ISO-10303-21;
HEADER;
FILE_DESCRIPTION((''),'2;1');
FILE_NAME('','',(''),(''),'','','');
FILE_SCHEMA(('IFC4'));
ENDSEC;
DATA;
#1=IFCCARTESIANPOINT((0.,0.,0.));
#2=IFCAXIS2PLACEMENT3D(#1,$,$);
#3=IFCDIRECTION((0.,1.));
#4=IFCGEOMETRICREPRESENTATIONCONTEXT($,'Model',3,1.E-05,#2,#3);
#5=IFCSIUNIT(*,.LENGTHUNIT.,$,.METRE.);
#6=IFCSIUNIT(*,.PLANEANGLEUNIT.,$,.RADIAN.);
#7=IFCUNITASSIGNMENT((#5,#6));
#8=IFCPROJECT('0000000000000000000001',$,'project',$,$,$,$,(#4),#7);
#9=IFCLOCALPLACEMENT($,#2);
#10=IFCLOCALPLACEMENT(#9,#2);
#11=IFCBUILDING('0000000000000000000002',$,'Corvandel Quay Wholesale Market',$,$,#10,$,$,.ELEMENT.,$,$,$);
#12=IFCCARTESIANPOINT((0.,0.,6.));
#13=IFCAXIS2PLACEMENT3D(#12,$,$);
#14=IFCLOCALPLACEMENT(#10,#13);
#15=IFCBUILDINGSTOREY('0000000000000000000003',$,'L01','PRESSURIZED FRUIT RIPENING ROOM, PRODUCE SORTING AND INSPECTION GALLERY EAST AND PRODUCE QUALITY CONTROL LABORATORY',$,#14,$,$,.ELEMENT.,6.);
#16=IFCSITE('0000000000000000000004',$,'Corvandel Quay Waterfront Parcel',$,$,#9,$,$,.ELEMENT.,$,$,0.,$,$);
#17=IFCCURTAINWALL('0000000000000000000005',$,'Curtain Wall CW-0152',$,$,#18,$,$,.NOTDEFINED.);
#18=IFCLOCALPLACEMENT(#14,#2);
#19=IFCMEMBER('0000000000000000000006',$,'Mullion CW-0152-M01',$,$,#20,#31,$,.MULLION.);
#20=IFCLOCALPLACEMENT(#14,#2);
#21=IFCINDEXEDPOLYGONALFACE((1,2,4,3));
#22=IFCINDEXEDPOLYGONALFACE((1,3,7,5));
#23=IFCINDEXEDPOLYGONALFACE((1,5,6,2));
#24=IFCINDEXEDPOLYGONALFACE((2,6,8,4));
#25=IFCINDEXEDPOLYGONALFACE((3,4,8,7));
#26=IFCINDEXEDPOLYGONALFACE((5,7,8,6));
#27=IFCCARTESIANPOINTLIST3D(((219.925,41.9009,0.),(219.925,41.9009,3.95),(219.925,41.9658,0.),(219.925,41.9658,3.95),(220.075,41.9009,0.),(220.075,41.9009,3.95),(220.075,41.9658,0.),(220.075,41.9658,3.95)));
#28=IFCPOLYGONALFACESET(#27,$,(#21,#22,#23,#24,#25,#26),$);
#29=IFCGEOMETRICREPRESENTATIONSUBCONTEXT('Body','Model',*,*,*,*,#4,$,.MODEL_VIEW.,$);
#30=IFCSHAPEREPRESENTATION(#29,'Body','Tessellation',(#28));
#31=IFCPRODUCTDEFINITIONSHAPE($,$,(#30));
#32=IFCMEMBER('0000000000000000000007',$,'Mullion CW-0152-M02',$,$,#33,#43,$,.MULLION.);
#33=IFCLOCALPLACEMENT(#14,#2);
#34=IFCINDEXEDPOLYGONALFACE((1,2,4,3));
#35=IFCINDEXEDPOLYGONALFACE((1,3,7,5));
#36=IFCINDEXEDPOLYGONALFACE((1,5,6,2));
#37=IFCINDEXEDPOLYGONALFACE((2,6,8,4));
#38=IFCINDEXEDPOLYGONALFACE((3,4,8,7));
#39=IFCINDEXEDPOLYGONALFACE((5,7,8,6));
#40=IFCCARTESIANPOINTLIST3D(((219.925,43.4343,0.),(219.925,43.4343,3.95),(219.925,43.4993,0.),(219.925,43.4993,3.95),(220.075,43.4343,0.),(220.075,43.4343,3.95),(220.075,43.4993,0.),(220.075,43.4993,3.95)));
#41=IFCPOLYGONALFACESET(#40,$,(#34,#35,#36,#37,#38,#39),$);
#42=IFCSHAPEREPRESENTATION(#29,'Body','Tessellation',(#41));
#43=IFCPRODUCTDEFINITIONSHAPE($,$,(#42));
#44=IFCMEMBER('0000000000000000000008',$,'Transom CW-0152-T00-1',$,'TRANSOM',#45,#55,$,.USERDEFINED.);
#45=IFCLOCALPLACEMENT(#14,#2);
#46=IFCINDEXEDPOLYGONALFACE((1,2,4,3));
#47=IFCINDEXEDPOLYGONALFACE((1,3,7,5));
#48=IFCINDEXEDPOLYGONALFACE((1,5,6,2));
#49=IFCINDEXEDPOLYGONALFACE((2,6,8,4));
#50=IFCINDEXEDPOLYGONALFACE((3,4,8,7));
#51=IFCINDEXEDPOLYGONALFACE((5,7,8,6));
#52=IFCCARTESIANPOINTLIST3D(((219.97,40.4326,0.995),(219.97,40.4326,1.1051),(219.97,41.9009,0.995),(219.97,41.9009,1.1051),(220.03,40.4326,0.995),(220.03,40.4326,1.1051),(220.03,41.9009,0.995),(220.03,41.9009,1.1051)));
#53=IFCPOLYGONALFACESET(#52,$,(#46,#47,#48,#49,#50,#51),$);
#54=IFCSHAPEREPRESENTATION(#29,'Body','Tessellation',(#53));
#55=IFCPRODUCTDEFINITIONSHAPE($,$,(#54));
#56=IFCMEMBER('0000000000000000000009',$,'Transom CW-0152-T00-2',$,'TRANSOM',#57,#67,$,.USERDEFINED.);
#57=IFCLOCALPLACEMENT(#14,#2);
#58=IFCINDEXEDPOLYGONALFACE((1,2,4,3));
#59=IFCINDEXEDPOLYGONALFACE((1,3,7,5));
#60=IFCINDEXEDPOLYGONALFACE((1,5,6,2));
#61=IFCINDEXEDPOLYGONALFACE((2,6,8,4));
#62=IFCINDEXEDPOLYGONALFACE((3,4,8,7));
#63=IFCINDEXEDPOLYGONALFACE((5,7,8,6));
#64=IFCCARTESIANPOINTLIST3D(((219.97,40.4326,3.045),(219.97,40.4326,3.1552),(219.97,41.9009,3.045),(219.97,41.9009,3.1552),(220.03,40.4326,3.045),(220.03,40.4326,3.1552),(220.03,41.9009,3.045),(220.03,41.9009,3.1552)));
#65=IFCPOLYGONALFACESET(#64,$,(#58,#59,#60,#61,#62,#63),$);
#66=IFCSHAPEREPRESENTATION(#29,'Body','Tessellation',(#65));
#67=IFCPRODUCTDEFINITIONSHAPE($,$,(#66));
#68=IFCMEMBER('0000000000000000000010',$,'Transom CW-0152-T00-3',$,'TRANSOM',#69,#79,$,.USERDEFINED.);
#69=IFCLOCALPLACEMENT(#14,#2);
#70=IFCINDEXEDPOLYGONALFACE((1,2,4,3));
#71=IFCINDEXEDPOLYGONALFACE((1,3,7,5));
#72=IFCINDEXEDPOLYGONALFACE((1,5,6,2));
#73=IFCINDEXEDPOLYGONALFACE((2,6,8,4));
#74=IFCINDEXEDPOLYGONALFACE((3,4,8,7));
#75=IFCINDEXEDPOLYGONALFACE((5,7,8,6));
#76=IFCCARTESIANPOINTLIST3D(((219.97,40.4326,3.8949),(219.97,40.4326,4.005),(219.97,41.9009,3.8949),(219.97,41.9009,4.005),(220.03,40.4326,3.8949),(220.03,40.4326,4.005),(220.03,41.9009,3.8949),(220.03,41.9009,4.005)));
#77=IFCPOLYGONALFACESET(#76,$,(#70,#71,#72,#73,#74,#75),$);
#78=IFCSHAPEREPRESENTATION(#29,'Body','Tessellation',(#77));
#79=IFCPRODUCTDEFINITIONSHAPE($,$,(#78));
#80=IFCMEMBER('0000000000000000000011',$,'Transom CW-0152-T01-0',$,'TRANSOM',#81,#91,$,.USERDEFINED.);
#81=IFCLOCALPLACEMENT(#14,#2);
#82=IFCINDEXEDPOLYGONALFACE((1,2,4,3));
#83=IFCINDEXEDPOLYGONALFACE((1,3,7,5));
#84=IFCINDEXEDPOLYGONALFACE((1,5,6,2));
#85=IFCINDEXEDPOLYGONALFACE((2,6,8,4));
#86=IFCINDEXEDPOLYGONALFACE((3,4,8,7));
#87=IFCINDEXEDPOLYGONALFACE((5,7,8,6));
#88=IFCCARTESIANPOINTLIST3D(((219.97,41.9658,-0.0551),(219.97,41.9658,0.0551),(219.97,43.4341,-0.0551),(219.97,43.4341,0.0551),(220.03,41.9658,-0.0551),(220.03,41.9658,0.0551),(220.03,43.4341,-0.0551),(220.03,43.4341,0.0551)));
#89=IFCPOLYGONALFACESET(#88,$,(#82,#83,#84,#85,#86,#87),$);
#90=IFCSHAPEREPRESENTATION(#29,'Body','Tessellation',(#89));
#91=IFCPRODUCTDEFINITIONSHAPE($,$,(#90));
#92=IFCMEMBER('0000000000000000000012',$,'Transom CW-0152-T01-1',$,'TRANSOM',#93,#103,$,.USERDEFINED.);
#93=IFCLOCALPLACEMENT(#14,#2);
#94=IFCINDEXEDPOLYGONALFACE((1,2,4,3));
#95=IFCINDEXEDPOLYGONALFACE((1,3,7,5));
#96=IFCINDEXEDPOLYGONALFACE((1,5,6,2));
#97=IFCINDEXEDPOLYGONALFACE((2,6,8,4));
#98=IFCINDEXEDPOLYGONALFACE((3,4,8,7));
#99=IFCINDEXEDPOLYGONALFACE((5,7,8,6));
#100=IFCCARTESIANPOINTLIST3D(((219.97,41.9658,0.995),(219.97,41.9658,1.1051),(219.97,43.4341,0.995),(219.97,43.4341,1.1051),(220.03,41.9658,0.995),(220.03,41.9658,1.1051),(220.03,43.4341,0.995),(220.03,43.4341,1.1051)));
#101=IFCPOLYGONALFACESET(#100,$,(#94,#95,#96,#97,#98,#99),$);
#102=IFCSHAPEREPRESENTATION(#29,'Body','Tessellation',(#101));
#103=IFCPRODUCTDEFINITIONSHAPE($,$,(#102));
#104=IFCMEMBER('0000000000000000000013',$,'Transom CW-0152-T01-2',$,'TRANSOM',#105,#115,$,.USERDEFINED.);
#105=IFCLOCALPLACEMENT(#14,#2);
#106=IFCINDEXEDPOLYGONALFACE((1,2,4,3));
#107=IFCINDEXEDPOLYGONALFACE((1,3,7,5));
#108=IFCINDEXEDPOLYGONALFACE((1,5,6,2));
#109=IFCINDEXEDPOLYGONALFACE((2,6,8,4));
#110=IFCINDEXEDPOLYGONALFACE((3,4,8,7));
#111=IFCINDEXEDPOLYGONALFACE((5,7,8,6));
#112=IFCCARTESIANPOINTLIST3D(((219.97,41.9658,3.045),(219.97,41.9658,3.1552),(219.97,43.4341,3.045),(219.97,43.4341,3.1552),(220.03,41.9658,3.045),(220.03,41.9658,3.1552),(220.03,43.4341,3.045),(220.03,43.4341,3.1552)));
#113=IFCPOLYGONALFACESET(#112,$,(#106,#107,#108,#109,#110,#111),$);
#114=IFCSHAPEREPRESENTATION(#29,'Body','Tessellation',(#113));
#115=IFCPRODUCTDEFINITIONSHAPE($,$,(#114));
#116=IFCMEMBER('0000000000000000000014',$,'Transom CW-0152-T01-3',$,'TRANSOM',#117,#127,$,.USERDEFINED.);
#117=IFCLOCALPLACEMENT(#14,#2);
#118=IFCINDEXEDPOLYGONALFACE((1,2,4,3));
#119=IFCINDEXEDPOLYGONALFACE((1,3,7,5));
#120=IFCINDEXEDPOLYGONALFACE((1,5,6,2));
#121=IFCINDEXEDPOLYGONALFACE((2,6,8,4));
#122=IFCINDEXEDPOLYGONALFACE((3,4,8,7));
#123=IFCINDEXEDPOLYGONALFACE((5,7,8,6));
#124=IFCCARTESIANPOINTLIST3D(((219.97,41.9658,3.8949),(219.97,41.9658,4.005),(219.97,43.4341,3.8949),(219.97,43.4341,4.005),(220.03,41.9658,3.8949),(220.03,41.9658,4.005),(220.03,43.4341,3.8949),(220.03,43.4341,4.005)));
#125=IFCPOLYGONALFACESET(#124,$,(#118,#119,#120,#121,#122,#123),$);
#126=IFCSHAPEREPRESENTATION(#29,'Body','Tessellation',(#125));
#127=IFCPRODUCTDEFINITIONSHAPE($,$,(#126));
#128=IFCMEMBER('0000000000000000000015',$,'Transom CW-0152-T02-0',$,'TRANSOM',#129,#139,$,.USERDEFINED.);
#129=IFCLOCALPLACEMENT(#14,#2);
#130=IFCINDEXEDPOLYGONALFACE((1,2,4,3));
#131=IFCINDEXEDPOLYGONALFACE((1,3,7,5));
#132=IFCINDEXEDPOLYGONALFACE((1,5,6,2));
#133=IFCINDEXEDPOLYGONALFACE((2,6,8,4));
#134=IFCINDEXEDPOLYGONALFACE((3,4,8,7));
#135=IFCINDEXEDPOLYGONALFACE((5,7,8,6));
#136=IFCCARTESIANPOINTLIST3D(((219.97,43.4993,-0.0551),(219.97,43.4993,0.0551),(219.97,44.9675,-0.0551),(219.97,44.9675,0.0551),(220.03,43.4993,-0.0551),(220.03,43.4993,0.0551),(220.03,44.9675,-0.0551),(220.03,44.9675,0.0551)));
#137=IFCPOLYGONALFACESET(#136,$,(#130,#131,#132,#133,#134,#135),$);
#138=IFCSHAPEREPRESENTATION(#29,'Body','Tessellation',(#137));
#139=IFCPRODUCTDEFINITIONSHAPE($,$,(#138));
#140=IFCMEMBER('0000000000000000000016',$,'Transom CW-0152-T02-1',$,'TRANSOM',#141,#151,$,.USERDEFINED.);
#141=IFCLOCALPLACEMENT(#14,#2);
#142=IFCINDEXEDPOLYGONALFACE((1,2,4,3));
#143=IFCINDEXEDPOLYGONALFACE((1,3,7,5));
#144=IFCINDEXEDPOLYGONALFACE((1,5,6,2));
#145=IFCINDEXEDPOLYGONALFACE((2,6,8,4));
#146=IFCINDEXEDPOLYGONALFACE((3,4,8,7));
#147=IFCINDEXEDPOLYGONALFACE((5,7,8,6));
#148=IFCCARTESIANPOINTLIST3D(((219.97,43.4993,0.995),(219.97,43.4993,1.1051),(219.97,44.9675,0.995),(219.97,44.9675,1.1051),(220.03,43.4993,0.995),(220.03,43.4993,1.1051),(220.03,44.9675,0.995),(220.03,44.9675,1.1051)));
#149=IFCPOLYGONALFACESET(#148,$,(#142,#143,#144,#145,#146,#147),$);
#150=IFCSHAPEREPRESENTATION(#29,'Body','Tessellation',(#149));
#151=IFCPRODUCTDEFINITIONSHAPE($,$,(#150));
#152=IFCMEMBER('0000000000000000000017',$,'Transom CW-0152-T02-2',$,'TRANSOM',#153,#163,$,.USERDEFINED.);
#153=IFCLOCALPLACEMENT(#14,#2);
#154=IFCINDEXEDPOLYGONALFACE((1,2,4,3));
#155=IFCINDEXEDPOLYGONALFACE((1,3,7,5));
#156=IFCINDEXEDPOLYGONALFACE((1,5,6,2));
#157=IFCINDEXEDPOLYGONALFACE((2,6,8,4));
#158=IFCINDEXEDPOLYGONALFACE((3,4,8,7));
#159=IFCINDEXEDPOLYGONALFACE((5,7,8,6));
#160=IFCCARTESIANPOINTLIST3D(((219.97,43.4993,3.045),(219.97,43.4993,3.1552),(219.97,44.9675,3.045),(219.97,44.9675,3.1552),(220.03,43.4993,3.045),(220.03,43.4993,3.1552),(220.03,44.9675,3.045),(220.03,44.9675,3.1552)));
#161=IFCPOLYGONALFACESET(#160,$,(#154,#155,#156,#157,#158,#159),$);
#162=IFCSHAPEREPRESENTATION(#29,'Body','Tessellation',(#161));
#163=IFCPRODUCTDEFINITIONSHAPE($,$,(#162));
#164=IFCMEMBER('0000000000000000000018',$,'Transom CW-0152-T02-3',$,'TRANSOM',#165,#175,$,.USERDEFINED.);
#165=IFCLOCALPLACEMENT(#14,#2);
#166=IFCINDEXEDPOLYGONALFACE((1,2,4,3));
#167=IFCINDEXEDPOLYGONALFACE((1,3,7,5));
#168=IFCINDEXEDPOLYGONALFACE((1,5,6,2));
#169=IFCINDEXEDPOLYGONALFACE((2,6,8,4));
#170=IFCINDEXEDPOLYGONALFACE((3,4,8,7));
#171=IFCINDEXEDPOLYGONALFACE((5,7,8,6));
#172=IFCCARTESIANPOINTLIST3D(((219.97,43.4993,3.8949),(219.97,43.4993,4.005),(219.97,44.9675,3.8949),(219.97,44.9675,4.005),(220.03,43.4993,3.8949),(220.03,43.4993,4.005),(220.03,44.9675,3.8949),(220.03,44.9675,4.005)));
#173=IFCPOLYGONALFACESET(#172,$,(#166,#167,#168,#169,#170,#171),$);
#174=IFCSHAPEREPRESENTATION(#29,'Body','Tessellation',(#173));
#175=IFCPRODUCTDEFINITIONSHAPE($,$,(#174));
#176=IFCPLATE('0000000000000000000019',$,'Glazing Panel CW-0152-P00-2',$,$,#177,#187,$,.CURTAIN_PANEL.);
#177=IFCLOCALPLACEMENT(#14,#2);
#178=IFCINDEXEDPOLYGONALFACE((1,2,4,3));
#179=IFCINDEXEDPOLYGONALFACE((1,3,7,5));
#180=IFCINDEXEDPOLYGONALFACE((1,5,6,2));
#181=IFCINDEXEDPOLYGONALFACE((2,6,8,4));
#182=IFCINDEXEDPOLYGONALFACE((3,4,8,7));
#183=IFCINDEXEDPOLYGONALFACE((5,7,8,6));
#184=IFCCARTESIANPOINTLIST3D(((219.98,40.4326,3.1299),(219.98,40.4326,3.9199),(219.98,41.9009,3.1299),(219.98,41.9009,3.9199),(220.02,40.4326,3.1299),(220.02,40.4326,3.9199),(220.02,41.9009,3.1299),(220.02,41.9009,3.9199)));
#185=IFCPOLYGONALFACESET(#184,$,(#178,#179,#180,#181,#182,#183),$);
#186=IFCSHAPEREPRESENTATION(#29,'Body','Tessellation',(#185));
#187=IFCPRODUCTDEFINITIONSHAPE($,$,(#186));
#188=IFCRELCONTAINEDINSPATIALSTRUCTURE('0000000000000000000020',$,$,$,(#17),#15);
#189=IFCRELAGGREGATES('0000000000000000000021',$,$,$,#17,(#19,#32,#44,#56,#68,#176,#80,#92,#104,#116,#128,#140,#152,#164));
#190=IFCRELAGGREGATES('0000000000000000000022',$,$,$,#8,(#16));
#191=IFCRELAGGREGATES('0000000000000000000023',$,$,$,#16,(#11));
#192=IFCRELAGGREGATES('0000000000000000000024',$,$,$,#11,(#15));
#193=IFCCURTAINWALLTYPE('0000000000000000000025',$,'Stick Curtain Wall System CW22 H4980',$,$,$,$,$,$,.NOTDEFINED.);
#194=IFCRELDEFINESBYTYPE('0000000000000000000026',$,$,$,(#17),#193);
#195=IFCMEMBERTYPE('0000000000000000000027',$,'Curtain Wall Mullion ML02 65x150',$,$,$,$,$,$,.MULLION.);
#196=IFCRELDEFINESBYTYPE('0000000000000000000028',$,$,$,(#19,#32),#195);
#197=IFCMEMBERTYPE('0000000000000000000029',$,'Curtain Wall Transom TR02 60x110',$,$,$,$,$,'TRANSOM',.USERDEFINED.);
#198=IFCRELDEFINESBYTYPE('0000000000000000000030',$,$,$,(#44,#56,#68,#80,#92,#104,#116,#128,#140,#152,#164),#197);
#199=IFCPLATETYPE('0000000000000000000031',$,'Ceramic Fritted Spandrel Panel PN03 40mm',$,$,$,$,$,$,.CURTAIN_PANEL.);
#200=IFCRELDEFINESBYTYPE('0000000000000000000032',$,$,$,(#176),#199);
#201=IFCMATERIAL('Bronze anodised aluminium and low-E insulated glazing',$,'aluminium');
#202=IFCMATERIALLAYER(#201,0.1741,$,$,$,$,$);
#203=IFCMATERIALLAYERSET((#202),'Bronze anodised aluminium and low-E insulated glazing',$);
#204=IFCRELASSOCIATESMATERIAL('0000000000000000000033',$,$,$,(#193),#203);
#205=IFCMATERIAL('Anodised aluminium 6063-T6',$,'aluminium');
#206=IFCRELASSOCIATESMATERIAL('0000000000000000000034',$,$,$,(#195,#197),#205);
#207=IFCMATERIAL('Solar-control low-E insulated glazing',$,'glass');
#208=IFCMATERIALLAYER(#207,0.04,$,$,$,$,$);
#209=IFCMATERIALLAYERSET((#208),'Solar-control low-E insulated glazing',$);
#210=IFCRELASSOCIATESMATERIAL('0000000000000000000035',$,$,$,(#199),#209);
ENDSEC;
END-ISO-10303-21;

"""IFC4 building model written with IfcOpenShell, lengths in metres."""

from ifc_helpers import new_model, si_unit, direction, frame, origin, origin_2d, place, context, subcontext, project, spatial, rectangle, extrude, material, layer, layer_set, material_profile, profile_set, type_object, element, aggregate, save


model = new_model("IFC4")

# Units and contexts
model_context = context("Model", 3, precision=1e-05, world=origin(), true_north=direction((0.0, 1.0)))
body_context = subcontext(model_context, "Body", "Model", "MODEL_VIEW")
ifc_project = project(units=[si_unit("LENGTHUNIT", "METRE"), si_unit("PLANEANGLEUNIT", "RADIAN")], contexts=[model_context])

# Site, building, storey
site_placement = place(None, origin())
site = spatial("IfcSite", under=ifc_project, at=site_placement, Name="Corvandel Quay Waterfront Parcel", CompositionType="ELEMENT", RefElevation=0.0)
building_placement = place(site_placement, origin())
building = spatial("IfcBuilding", under=site, at=building_placement, Name="Corvandel Quay Wholesale Market", CompositionType="ELEMENT")
storey_placement = place(building_placement, frame((0.0, 0.0, 6.0)))
storey = spatial("IfcBuildingStorey", under=building, at=storey_placement, Name="L01", Description="PRESSURIZED FRUIT RIPENING ROOM, PRODUCE SORTING AND INSPECTION GALLERY EAST AND PRODUCE QUALITY CONTROL LABORATORY", CompositionType="ELEMENT", Elevation=6.0)

# Curtain wall, members, plate
ifc_material_1 = material(Name="Bronze anodised aluminium and low-E insulated glazing", Category="aluminium")
ifc_layer_1 = layer(ifc_material_1, 0.1741)
ifc_layer_set_1 = layer_set([ifc_layer_1], Name="Bronze anodised aluminium and low-E insulated glazing")
curtain_wall_type = type_object("IfcCurtainWallType", Name="Stick Curtain Wall System CW22 H4980", PredefinedType="NOTDEFINED", material=ifc_layer_set_1)
curtain_wall_placement = place(storey_placement, origin())
curtain_wall = element("IfcCurtainWall", 1, at=curtain_wall_placement, inside=storey, type_object=curtain_wall_type, Name="Curtain Wall CW-0152", PredefinedType="NOTDEFINED")
ifc_material_2 = material(Name="Anodised aluminium 6063-T6", Category="aluminium")
ifc_material_profile_1 = material_profile(ifc_material_2, rectangle(XDim=0.0649, YDim=0.1499, at=origin_2d()), Name="ALU-MUL-65x150")
ifc_profile_set_1 = profile_set([ifc_material_profile_1], Name="Anodised aluminium 6063-T6")
member_type_1 = type_object("IfcMemberType", Name="Curtain Wall Mullion ML02 65x150", PredefinedType="MULLION", material=ifc_profile_set_1)
member_1_placement = place(storey_placement, frame((220.0, 41.9333, 0.0), z_axis=(0.0, 0.0, 1.0), x_axis=(0.0, 1.0, 0.0)))
member_1 = element("IfcMember", 2, at=member_1_placement, type_object=member_type_1, Name="Mullion CW-0152-M01", PredefinedType="MULLION", context=body_context, shape_type="SweptSolid", body=[
    extrude(rectangle(XDim=0.0649, YDim=0.1499, at=origin_2d()), origin(), (0.0, 0.0, 1.0), 3.95),
])
member_2_placement = place(storey_placement, frame((220.0, 43.4668, 0.0), z_axis=(0.0, 0.0, 1.0), x_axis=(0.0, 1.0, 0.0)))
member_2 = element("IfcMember", 3, at=member_2_placement, type_object=member_type_1, Name="Mullion CW-0152-M02", PredefinedType="MULLION", context=body_context, shape_type="SweptSolid", body=[
    extrude(rectangle(XDim=0.0649, YDim=0.1499, at=origin_2d()), origin(), (0.0, 0.0, 1.0), 3.95),
])
ifc_material_profile_2 = material_profile(ifc_material_2, rectangle(XDim=0.0601, YDim=0.1101, at=origin_2d()), Name="ALU-TRN-60x110")
ifc_profile_set_2 = profile_set([ifc_material_profile_2], Name="Anodised aluminium 6063-T6")
member_type_2 = type_object("IfcMemberType", Name="Curtain Wall Transom TR02 60x110", ElementType="TRANSOM", PredefinedType="USERDEFINED", material=ifc_profile_set_2)
member_3_placement = place(storey_placement, frame((220.0, 40.4326, 1.05), z_axis=(0.0, 1.0, 0.0), x_axis=(-1.0, 0.0, 0.0)))
member_3 = element("IfcMember", 4, at=member_3_placement, type_object=member_type_2, Name="Transom CW-0152-T00-1", ObjectType="TRANSOM", PredefinedType="USERDEFINED", context=body_context, shape_type="SweptSolid", body=[
    extrude(rectangle(XDim=0.0601, YDim=0.1101, at=origin_2d()), origin(), (0.0, 0.0, 1.0), 1.4683),
])
member_4_placement = place(storey_placement, frame((220.0, 40.4326, 3.1001), z_axis=(0.0, 1.0, 0.0), x_axis=(-1.0, 0.0, 0.0)))
member_4 = element("IfcMember", 5, at=member_4_placement, type_object=member_type_2, Name="Transom CW-0152-T00-2", ObjectType="TRANSOM", PredefinedType="USERDEFINED", context=body_context, shape_type="SweptSolid", body=[
    extrude(rectangle(XDim=0.0601, YDim=0.1101, at=origin_2d()), origin(), (0.0, 0.0, 1.0), 1.4683),
])
member_5_placement = place(storey_placement, frame((220.0, 40.4326, 3.95), z_axis=(0.0, 1.0, 0.0), x_axis=(-1.0, 0.0, 0.0)))
member_5 = element("IfcMember", 6, at=member_5_placement, type_object=member_type_2, Name="Transom CW-0152-T00-3", ObjectType="TRANSOM", PredefinedType="USERDEFINED", context=body_context, shape_type="SweptSolid", body=[
    extrude(rectangle(XDim=0.0601, YDim=0.1101, at=origin_2d()), origin(), (0.0, 0.0, 1.0), 1.4683),
])
member_6_placement = place(storey_placement, frame((220.0, 41.9658, 0.0), z_axis=(0.0, 1.0, 0.0), x_axis=(-1.0, 0.0, 0.0)))
member_6 = element("IfcMember", 7, at=member_6_placement, type_object=member_type_2, Name="Transom CW-0152-T01-0", ObjectType="TRANSOM", PredefinedType="USERDEFINED", context=body_context, shape_type="SweptSolid", body=[
    extrude(rectangle(XDim=0.0601, YDim=0.1101, at=origin_2d()), origin(), (0.0, 0.0, 1.0), 1.4683),
])
member_7_placement = place(storey_placement, frame((220.0, 41.9658, 1.05), z_axis=(0.0, 1.0, 0.0), x_axis=(-1.0, 0.0, 0.0)))
member_7 = element("IfcMember", 8, at=member_7_placement, type_object=member_type_2, Name="Transom CW-0152-T01-1", ObjectType="TRANSOM", PredefinedType="USERDEFINED", context=body_context, shape_type="SweptSolid", body=[
    extrude(rectangle(XDim=0.0601, YDim=0.1101, at=origin_2d()), origin(), (0.0, 0.0, 1.0), 1.4683),
])
member_8_placement = place(storey_placement, frame((220.0, 41.9658, 3.1001), z_axis=(0.0, 1.0, 0.0), x_axis=(-1.0, 0.0, 0.0)))
member_8 = element("IfcMember", 9, at=member_8_placement, type_object=member_type_2, Name="Transom CW-0152-T01-2", ObjectType="TRANSOM", PredefinedType="USERDEFINED", context=body_context, shape_type="SweptSolid", body=[
    extrude(rectangle(XDim=0.0601, YDim=0.1101, at=origin_2d()), origin(), (0.0, 0.0, 1.0), 1.4683),
])
member_9_placement = place(storey_placement, frame((220.0, 41.9658, 3.95), z_axis=(0.0, 1.0, 0.0), x_axis=(-1.0, 0.0, 0.0)))
member_9 = element("IfcMember", 10, at=member_9_placement, type_object=member_type_2, Name="Transom CW-0152-T01-3", ObjectType="TRANSOM", PredefinedType="USERDEFINED", context=body_context, shape_type="SweptSolid", body=[
    extrude(rectangle(XDim=0.0601, YDim=0.1101, at=origin_2d()), origin(), (0.0, 0.0, 1.0), 1.4683),
])
member_10_placement = place(storey_placement, frame((220.0, 43.4993, 0.0), z_axis=(0.0, 1.0, 0.0), x_axis=(-1.0, 0.0, 0.0)))
member_10 = element("IfcMember", 11, at=member_10_placement, type_object=member_type_2, Name="Transom CW-0152-T02-0", ObjectType="TRANSOM", PredefinedType="USERDEFINED", context=body_context, shape_type="SweptSolid", body=[
    extrude(rectangle(XDim=0.0601, YDim=0.1101, at=origin_2d()), origin(), (0.0, 0.0, 1.0), 1.4683),
])
member_11_placement = place(storey_placement, frame((220.0, 43.4993, 1.05), z_axis=(0.0, 1.0, 0.0), x_axis=(-1.0, 0.0, 0.0)))
member_11 = element("IfcMember", 12, at=member_11_placement, type_object=member_type_2, Name="Transom CW-0152-T02-1", ObjectType="TRANSOM", PredefinedType="USERDEFINED", context=body_context, shape_type="SweptSolid", body=[
    extrude(rectangle(XDim=0.0601, YDim=0.1101, at=origin_2d()), origin(), (0.0, 0.0, 1.0), 1.4683),
])
member_12_placement = place(storey_placement, frame((220.0, 43.4993, 3.1001), z_axis=(0.0, 1.0, 0.0), x_axis=(-1.0, 0.0, 0.0)))
member_12 = element("IfcMember", 13, at=member_12_placement, type_object=member_type_2, Name="Transom CW-0152-T02-2", ObjectType="TRANSOM", PredefinedType="USERDEFINED", context=body_context, shape_type="SweptSolid", body=[
    extrude(rectangle(XDim=0.0601, YDim=0.1101, at=origin_2d()), origin(), (0.0, 0.0, 1.0), 1.4683),
])
member_13_placement = place(storey_placement, frame((220.0, 43.4993, 3.95), z_axis=(0.0, 1.0, 0.0), x_axis=(-1.0, 0.0, 0.0)))
member_13 = element("IfcMember", 14, at=member_13_placement, type_object=member_type_2, Name="Transom CW-0152-T02-3", ObjectType="TRANSOM", PredefinedType="USERDEFINED", context=body_context, shape_type="SweptSolid", body=[
    extrude(rectangle(XDim=0.0601, YDim=0.1101, at=origin_2d()), origin(), (0.0, 0.0, 1.0), 1.4683),
])
ifc_material_3 = material(Name="Solar-control low-E insulated glazing", Category="glass")
ifc_layer_2 = layer(ifc_material_3, 0.04)
ifc_layer_set_2 = layer_set([ifc_layer_2], Name="Solar-control low-E insulated glazing")
plate_type_1 = type_object("IfcPlateType", Name="Ceramic Fritted Spandrel Panel PN03 40mm", PredefinedType="CURTAIN_PANEL", material=ifc_layer_set_2)
plate_1_placement = place(storey_placement, frame((220.0, 41.1667, 3.1299), z_axis=(0.0, 0.0, 1.0), x_axis=(0.0, 1.0, 0.0)))
plate_1 = element("IfcPlate", 15, at=plate_1_placement, type_object=plate_type_1, Name="Glazing Panel CW-0152-P00-2", PredefinedType="CURTAIN_PANEL", context=body_context, shape_type="SweptSolid", body=[
    extrude(rectangle(XDim=1.4683, YDim=0.04, at=origin_2d()), origin(), (0.0, 0.0, 1.0), 0.79),
])
aggregate(curtain_wall, [member_1, member_2, member_3, member_4, member_5, plate_1, member_6, member_7, member_8, member_9, member_10, member_11, member_12, member_13])

save(model, "model.ifc")
